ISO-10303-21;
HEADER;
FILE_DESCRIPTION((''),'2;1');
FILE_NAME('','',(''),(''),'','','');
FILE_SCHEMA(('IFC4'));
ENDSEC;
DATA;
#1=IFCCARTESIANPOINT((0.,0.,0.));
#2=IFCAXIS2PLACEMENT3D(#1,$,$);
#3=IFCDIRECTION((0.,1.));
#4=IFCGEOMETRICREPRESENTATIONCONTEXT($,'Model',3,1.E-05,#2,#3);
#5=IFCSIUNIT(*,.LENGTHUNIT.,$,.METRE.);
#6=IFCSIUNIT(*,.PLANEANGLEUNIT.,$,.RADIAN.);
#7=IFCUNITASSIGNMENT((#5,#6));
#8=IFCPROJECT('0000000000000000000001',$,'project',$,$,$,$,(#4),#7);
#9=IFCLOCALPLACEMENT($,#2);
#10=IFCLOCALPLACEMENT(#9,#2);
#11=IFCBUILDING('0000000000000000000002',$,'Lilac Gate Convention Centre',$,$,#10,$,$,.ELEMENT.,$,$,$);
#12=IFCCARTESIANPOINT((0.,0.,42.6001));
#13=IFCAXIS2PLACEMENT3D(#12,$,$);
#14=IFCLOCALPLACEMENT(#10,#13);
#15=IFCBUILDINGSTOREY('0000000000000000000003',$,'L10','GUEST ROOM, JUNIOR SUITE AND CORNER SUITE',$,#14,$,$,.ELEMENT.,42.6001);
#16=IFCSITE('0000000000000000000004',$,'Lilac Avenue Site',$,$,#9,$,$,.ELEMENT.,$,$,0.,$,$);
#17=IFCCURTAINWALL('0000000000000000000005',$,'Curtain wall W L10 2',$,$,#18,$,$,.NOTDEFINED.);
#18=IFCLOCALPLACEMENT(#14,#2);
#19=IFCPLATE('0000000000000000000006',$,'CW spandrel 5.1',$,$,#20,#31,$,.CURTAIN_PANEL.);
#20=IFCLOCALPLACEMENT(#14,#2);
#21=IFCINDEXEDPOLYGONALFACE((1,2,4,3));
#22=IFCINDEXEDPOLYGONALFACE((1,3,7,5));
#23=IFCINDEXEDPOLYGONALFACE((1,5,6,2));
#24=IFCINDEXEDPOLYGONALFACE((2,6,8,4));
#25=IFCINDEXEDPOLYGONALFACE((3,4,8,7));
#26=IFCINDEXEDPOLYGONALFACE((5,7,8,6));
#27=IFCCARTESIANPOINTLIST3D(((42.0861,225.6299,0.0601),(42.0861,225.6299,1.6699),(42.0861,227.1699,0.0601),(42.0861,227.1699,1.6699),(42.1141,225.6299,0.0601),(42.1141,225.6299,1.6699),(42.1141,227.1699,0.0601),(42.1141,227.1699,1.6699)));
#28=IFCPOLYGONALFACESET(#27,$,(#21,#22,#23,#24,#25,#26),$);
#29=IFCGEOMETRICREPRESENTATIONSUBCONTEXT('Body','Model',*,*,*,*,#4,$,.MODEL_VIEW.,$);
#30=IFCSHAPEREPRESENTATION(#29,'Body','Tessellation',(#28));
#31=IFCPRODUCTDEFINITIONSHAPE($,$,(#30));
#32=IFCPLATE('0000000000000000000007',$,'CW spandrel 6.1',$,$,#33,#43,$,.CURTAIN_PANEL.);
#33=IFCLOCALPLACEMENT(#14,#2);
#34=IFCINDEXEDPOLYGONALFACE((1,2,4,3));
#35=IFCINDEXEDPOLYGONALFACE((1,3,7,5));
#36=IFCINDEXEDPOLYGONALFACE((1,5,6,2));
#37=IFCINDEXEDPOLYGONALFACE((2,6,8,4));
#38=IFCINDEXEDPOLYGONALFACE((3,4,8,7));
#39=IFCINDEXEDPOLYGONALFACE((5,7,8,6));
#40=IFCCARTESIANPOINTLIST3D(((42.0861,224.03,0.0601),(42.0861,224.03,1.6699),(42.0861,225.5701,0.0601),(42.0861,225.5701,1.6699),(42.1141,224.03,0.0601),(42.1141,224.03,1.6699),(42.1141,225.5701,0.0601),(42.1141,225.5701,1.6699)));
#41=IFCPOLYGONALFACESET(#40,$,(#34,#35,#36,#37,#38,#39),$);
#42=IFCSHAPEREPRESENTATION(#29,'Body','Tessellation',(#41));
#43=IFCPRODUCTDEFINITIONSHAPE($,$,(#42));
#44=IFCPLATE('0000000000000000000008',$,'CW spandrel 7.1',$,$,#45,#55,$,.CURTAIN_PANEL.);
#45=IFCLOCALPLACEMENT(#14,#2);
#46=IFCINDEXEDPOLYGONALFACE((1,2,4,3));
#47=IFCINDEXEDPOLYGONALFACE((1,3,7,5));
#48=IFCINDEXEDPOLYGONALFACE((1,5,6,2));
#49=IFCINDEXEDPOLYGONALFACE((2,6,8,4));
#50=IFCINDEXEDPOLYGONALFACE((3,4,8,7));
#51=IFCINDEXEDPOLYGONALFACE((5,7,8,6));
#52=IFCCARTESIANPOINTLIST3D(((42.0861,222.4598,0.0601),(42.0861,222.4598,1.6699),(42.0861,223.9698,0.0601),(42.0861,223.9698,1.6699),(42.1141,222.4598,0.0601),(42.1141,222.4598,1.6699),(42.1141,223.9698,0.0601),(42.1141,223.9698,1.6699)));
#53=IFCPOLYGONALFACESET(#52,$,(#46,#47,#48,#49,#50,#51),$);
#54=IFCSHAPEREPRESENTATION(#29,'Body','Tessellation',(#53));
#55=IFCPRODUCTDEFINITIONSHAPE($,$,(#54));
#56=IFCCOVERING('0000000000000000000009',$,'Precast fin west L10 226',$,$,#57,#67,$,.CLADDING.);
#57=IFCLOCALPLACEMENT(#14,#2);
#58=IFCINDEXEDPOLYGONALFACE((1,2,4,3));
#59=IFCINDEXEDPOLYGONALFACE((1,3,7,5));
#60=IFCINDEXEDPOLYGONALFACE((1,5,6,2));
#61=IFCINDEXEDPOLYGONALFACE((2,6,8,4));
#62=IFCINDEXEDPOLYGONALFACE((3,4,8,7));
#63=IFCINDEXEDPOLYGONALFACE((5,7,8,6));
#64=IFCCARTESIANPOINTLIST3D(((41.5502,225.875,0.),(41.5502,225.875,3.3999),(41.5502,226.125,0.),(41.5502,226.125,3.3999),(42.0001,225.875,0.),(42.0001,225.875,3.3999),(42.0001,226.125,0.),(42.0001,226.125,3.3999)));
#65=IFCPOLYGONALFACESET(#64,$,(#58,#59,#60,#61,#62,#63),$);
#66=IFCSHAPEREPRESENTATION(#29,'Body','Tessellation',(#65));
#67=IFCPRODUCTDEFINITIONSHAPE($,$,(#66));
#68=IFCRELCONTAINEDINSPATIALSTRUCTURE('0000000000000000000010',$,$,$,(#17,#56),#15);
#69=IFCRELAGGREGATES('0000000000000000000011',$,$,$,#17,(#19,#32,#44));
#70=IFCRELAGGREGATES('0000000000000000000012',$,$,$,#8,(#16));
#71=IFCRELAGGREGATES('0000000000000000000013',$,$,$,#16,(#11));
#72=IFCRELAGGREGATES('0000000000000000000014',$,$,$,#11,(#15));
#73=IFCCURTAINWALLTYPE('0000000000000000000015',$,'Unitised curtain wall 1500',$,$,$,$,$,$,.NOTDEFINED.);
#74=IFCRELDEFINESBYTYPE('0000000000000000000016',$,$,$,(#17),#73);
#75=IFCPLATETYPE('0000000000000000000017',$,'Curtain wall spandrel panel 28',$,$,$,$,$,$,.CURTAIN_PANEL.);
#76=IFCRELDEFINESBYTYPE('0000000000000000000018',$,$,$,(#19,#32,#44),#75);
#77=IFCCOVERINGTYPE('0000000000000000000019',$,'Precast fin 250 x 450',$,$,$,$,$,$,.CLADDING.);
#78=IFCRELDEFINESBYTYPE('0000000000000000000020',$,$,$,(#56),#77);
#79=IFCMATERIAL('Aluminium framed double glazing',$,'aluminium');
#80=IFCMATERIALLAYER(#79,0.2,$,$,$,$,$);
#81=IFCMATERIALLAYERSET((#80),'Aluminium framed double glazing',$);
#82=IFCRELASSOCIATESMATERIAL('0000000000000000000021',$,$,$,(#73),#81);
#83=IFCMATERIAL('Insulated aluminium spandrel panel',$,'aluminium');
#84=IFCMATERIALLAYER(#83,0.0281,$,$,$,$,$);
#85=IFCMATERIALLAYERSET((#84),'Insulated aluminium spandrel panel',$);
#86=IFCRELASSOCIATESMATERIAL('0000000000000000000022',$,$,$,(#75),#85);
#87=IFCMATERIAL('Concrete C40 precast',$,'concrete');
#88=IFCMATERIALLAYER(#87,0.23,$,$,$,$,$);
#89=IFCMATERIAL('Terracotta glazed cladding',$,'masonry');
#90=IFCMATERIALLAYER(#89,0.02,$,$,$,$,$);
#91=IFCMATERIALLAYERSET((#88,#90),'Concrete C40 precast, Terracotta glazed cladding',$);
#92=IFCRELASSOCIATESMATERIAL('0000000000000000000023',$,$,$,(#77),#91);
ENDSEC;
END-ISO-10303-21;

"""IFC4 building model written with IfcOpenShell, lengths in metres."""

from ifc_helpers import new_model, si_unit, direction, frame, frame_2d, origin, origin_2d, place, context, subcontext, project, spatial, rectangle, extrude, material, layer, layer_set, type_object, element, aggregate, save


model = new_model("IFC4")

# Units and contexts
model_context = context("Model", 3, precision=1e-05, world=origin(), true_north=direction((0.0, 1.0)))
body_context = subcontext(model_context, "Body", "Model", "MODEL_VIEW")
ifc_project = project(units=[si_unit("LENGTHUNIT", "METRE"), si_unit("PLANEANGLEUNIT", "RADIAN")], contexts=[model_context])

# Site, building, storey
site_placement = place(None, origin())
site = spatial("IfcSite", under=ifc_project, at=site_placement, Name="Lilac Avenue Site", CompositionType="ELEMENT", RefElevation=0.0)
building_placement = place(site_placement, origin())
building = spatial("IfcBuilding", under=site, at=building_placement, Name="Lilac Gate Convention Centre", CompositionType="ELEMENT")
storey_placement = place(building_placement, frame((0.0, 0.0, 42.6001)))
storey = spatial("IfcBuildingStorey", under=building, at=storey_placement, Name="L10", Description="GUEST ROOM, JUNIOR SUITE AND CORNER SUITE", CompositionType="ELEMENT", Elevation=42.6001)

# Curtain wall, plates
ifc_material_1 = material(Name="Aluminium framed double glazing", Category="aluminium")
ifc_layer_1 = layer(ifc_material_1, 0.2)
ifc_layer_set_1 = layer_set([ifc_layer_1], Name="Aluminium framed double glazing")
curtain_wall_type = type_object("IfcCurtainWallType", Name="Unitised curtain wall 1500", PredefinedType="NOTDEFINED", material=ifc_layer_set_1)
curtain_wall_placement = place(storey_placement, origin())
curtain_wall = element("IfcCurtainWall", 1, at=curtain_wall_placement, inside=storey, type_object=curtain_wall_type, Name="Curtain wall W L10 2", PredefinedType="NOTDEFINED")
ifc_material_2 = material(Name="Insulated aluminium spandrel panel", Category="aluminium")
ifc_layer_2 = layer(ifc_material_2, 0.0281)
ifc_layer_set_2 = layer_set([ifc_layer_2], Name="Insulated aluminium spandrel panel")
plate_type_1 = type_object("IfcPlateType", Name="Curtain wall spandrel panel 28", PredefinedType="CURTAIN_PANEL", material=ifc_layer_set_2)
plate_1_placement = place(storey_placement, frame((42.1001, 226.3999, 0.0601), z_axis=(0.0, 0.0, 1.0), x_axis=(0.0, -1.0, 0.0)))
plate_1 = element("IfcPlate", 2, at=plate_1_placement, type_object=plate_type_1, Name="CW spandrel 5.1", PredefinedType="CURTAIN_PANEL", context=body_context, shape_type="SweptSolid", body=[
    extrude(rectangle(XDim=1.54, YDim=0.0281, at=origin_2d()), origin(), (0.0, 0.0, 1.0), 1.6099),
])
plate_2_placement = place(storey_placement, frame((42.1001, 224.8, 0.0601), z_axis=(0.0, 0.0, 1.0), x_axis=(0.0, -1.0, 0.0)))
plate_2 = element("IfcPlate", 3, at=plate_2_placement, type_object=plate_type_1, Name="CW spandrel 6.1", PredefinedType="CURTAIN_PANEL", context=body_context, shape_type="SweptSolid", body=[
    extrude(rectangle(XDim=1.54, YDim=0.0281, at=origin_2d()), origin(), (0.0, 0.0, 1.0), 1.6099),
])
plate_3_placement = place(storey_placement, frame((42.1001, 223.2148, 0.0601), z_axis=(0.0, 0.0, 1.0), x_axis=(0.0, -1.0, 0.0)))
plate_3 = element("IfcPlate", 4, at=plate_3_placement, type_object=plate_type_1, Name="CW spandrel 7.1", PredefinedType="CURTAIN_PANEL", context=body_context, shape_type="SweptSolid", body=[
    extrude(rectangle(XDim=1.51, YDim=0.0281, at=origin_2d()), origin(), (0.0, 0.0, 1.0), 1.6099),
])
aggregate(curtain_wall, [plate_1, plate_2, plate_3])

# Covering
ifc_material_3 = material(Name="Concrete C40 precast", Category="concrete")
ifc_layer_3 = layer(ifc_material_3, 0.23)
ifc_material_4 = material(Name="Terracotta glazed cladding", Category="masonry")
ifc_layer_4 = layer(ifc_material_4, 0.02)
ifc_layer_set_3 = layer_set([ifc_layer_3, ifc_layer_4], Name="Concrete C40 precast, Terracotta glazed cladding")
covering_type = type_object("IfcCoveringType", Name="Precast fin 250 x 450", PredefinedType="CLADDING", material=ifc_layer_set_3)
covering_placement = place(storey_placement, frame((41.55, 226.0, 0.0), z_axis=(0.0, 0.0, 1.0), x_axis=(1.0, 0.0, 0.0)))
element("IfcCovering", 5, at=covering_placement, inside=storey, type_object=covering_type, Name="Precast fin west L10 226", PredefinedType="CLADDING", context=body_context, shape_type="SweptSolid", body=[
    extrude(rectangle(XDim=0.45, YDim=0.25, at=frame_2d((0.2251, 0.0))), origin(), (0.0, 0.0, 1.0), 3.3999),
])

save(model, "model.ifc")
